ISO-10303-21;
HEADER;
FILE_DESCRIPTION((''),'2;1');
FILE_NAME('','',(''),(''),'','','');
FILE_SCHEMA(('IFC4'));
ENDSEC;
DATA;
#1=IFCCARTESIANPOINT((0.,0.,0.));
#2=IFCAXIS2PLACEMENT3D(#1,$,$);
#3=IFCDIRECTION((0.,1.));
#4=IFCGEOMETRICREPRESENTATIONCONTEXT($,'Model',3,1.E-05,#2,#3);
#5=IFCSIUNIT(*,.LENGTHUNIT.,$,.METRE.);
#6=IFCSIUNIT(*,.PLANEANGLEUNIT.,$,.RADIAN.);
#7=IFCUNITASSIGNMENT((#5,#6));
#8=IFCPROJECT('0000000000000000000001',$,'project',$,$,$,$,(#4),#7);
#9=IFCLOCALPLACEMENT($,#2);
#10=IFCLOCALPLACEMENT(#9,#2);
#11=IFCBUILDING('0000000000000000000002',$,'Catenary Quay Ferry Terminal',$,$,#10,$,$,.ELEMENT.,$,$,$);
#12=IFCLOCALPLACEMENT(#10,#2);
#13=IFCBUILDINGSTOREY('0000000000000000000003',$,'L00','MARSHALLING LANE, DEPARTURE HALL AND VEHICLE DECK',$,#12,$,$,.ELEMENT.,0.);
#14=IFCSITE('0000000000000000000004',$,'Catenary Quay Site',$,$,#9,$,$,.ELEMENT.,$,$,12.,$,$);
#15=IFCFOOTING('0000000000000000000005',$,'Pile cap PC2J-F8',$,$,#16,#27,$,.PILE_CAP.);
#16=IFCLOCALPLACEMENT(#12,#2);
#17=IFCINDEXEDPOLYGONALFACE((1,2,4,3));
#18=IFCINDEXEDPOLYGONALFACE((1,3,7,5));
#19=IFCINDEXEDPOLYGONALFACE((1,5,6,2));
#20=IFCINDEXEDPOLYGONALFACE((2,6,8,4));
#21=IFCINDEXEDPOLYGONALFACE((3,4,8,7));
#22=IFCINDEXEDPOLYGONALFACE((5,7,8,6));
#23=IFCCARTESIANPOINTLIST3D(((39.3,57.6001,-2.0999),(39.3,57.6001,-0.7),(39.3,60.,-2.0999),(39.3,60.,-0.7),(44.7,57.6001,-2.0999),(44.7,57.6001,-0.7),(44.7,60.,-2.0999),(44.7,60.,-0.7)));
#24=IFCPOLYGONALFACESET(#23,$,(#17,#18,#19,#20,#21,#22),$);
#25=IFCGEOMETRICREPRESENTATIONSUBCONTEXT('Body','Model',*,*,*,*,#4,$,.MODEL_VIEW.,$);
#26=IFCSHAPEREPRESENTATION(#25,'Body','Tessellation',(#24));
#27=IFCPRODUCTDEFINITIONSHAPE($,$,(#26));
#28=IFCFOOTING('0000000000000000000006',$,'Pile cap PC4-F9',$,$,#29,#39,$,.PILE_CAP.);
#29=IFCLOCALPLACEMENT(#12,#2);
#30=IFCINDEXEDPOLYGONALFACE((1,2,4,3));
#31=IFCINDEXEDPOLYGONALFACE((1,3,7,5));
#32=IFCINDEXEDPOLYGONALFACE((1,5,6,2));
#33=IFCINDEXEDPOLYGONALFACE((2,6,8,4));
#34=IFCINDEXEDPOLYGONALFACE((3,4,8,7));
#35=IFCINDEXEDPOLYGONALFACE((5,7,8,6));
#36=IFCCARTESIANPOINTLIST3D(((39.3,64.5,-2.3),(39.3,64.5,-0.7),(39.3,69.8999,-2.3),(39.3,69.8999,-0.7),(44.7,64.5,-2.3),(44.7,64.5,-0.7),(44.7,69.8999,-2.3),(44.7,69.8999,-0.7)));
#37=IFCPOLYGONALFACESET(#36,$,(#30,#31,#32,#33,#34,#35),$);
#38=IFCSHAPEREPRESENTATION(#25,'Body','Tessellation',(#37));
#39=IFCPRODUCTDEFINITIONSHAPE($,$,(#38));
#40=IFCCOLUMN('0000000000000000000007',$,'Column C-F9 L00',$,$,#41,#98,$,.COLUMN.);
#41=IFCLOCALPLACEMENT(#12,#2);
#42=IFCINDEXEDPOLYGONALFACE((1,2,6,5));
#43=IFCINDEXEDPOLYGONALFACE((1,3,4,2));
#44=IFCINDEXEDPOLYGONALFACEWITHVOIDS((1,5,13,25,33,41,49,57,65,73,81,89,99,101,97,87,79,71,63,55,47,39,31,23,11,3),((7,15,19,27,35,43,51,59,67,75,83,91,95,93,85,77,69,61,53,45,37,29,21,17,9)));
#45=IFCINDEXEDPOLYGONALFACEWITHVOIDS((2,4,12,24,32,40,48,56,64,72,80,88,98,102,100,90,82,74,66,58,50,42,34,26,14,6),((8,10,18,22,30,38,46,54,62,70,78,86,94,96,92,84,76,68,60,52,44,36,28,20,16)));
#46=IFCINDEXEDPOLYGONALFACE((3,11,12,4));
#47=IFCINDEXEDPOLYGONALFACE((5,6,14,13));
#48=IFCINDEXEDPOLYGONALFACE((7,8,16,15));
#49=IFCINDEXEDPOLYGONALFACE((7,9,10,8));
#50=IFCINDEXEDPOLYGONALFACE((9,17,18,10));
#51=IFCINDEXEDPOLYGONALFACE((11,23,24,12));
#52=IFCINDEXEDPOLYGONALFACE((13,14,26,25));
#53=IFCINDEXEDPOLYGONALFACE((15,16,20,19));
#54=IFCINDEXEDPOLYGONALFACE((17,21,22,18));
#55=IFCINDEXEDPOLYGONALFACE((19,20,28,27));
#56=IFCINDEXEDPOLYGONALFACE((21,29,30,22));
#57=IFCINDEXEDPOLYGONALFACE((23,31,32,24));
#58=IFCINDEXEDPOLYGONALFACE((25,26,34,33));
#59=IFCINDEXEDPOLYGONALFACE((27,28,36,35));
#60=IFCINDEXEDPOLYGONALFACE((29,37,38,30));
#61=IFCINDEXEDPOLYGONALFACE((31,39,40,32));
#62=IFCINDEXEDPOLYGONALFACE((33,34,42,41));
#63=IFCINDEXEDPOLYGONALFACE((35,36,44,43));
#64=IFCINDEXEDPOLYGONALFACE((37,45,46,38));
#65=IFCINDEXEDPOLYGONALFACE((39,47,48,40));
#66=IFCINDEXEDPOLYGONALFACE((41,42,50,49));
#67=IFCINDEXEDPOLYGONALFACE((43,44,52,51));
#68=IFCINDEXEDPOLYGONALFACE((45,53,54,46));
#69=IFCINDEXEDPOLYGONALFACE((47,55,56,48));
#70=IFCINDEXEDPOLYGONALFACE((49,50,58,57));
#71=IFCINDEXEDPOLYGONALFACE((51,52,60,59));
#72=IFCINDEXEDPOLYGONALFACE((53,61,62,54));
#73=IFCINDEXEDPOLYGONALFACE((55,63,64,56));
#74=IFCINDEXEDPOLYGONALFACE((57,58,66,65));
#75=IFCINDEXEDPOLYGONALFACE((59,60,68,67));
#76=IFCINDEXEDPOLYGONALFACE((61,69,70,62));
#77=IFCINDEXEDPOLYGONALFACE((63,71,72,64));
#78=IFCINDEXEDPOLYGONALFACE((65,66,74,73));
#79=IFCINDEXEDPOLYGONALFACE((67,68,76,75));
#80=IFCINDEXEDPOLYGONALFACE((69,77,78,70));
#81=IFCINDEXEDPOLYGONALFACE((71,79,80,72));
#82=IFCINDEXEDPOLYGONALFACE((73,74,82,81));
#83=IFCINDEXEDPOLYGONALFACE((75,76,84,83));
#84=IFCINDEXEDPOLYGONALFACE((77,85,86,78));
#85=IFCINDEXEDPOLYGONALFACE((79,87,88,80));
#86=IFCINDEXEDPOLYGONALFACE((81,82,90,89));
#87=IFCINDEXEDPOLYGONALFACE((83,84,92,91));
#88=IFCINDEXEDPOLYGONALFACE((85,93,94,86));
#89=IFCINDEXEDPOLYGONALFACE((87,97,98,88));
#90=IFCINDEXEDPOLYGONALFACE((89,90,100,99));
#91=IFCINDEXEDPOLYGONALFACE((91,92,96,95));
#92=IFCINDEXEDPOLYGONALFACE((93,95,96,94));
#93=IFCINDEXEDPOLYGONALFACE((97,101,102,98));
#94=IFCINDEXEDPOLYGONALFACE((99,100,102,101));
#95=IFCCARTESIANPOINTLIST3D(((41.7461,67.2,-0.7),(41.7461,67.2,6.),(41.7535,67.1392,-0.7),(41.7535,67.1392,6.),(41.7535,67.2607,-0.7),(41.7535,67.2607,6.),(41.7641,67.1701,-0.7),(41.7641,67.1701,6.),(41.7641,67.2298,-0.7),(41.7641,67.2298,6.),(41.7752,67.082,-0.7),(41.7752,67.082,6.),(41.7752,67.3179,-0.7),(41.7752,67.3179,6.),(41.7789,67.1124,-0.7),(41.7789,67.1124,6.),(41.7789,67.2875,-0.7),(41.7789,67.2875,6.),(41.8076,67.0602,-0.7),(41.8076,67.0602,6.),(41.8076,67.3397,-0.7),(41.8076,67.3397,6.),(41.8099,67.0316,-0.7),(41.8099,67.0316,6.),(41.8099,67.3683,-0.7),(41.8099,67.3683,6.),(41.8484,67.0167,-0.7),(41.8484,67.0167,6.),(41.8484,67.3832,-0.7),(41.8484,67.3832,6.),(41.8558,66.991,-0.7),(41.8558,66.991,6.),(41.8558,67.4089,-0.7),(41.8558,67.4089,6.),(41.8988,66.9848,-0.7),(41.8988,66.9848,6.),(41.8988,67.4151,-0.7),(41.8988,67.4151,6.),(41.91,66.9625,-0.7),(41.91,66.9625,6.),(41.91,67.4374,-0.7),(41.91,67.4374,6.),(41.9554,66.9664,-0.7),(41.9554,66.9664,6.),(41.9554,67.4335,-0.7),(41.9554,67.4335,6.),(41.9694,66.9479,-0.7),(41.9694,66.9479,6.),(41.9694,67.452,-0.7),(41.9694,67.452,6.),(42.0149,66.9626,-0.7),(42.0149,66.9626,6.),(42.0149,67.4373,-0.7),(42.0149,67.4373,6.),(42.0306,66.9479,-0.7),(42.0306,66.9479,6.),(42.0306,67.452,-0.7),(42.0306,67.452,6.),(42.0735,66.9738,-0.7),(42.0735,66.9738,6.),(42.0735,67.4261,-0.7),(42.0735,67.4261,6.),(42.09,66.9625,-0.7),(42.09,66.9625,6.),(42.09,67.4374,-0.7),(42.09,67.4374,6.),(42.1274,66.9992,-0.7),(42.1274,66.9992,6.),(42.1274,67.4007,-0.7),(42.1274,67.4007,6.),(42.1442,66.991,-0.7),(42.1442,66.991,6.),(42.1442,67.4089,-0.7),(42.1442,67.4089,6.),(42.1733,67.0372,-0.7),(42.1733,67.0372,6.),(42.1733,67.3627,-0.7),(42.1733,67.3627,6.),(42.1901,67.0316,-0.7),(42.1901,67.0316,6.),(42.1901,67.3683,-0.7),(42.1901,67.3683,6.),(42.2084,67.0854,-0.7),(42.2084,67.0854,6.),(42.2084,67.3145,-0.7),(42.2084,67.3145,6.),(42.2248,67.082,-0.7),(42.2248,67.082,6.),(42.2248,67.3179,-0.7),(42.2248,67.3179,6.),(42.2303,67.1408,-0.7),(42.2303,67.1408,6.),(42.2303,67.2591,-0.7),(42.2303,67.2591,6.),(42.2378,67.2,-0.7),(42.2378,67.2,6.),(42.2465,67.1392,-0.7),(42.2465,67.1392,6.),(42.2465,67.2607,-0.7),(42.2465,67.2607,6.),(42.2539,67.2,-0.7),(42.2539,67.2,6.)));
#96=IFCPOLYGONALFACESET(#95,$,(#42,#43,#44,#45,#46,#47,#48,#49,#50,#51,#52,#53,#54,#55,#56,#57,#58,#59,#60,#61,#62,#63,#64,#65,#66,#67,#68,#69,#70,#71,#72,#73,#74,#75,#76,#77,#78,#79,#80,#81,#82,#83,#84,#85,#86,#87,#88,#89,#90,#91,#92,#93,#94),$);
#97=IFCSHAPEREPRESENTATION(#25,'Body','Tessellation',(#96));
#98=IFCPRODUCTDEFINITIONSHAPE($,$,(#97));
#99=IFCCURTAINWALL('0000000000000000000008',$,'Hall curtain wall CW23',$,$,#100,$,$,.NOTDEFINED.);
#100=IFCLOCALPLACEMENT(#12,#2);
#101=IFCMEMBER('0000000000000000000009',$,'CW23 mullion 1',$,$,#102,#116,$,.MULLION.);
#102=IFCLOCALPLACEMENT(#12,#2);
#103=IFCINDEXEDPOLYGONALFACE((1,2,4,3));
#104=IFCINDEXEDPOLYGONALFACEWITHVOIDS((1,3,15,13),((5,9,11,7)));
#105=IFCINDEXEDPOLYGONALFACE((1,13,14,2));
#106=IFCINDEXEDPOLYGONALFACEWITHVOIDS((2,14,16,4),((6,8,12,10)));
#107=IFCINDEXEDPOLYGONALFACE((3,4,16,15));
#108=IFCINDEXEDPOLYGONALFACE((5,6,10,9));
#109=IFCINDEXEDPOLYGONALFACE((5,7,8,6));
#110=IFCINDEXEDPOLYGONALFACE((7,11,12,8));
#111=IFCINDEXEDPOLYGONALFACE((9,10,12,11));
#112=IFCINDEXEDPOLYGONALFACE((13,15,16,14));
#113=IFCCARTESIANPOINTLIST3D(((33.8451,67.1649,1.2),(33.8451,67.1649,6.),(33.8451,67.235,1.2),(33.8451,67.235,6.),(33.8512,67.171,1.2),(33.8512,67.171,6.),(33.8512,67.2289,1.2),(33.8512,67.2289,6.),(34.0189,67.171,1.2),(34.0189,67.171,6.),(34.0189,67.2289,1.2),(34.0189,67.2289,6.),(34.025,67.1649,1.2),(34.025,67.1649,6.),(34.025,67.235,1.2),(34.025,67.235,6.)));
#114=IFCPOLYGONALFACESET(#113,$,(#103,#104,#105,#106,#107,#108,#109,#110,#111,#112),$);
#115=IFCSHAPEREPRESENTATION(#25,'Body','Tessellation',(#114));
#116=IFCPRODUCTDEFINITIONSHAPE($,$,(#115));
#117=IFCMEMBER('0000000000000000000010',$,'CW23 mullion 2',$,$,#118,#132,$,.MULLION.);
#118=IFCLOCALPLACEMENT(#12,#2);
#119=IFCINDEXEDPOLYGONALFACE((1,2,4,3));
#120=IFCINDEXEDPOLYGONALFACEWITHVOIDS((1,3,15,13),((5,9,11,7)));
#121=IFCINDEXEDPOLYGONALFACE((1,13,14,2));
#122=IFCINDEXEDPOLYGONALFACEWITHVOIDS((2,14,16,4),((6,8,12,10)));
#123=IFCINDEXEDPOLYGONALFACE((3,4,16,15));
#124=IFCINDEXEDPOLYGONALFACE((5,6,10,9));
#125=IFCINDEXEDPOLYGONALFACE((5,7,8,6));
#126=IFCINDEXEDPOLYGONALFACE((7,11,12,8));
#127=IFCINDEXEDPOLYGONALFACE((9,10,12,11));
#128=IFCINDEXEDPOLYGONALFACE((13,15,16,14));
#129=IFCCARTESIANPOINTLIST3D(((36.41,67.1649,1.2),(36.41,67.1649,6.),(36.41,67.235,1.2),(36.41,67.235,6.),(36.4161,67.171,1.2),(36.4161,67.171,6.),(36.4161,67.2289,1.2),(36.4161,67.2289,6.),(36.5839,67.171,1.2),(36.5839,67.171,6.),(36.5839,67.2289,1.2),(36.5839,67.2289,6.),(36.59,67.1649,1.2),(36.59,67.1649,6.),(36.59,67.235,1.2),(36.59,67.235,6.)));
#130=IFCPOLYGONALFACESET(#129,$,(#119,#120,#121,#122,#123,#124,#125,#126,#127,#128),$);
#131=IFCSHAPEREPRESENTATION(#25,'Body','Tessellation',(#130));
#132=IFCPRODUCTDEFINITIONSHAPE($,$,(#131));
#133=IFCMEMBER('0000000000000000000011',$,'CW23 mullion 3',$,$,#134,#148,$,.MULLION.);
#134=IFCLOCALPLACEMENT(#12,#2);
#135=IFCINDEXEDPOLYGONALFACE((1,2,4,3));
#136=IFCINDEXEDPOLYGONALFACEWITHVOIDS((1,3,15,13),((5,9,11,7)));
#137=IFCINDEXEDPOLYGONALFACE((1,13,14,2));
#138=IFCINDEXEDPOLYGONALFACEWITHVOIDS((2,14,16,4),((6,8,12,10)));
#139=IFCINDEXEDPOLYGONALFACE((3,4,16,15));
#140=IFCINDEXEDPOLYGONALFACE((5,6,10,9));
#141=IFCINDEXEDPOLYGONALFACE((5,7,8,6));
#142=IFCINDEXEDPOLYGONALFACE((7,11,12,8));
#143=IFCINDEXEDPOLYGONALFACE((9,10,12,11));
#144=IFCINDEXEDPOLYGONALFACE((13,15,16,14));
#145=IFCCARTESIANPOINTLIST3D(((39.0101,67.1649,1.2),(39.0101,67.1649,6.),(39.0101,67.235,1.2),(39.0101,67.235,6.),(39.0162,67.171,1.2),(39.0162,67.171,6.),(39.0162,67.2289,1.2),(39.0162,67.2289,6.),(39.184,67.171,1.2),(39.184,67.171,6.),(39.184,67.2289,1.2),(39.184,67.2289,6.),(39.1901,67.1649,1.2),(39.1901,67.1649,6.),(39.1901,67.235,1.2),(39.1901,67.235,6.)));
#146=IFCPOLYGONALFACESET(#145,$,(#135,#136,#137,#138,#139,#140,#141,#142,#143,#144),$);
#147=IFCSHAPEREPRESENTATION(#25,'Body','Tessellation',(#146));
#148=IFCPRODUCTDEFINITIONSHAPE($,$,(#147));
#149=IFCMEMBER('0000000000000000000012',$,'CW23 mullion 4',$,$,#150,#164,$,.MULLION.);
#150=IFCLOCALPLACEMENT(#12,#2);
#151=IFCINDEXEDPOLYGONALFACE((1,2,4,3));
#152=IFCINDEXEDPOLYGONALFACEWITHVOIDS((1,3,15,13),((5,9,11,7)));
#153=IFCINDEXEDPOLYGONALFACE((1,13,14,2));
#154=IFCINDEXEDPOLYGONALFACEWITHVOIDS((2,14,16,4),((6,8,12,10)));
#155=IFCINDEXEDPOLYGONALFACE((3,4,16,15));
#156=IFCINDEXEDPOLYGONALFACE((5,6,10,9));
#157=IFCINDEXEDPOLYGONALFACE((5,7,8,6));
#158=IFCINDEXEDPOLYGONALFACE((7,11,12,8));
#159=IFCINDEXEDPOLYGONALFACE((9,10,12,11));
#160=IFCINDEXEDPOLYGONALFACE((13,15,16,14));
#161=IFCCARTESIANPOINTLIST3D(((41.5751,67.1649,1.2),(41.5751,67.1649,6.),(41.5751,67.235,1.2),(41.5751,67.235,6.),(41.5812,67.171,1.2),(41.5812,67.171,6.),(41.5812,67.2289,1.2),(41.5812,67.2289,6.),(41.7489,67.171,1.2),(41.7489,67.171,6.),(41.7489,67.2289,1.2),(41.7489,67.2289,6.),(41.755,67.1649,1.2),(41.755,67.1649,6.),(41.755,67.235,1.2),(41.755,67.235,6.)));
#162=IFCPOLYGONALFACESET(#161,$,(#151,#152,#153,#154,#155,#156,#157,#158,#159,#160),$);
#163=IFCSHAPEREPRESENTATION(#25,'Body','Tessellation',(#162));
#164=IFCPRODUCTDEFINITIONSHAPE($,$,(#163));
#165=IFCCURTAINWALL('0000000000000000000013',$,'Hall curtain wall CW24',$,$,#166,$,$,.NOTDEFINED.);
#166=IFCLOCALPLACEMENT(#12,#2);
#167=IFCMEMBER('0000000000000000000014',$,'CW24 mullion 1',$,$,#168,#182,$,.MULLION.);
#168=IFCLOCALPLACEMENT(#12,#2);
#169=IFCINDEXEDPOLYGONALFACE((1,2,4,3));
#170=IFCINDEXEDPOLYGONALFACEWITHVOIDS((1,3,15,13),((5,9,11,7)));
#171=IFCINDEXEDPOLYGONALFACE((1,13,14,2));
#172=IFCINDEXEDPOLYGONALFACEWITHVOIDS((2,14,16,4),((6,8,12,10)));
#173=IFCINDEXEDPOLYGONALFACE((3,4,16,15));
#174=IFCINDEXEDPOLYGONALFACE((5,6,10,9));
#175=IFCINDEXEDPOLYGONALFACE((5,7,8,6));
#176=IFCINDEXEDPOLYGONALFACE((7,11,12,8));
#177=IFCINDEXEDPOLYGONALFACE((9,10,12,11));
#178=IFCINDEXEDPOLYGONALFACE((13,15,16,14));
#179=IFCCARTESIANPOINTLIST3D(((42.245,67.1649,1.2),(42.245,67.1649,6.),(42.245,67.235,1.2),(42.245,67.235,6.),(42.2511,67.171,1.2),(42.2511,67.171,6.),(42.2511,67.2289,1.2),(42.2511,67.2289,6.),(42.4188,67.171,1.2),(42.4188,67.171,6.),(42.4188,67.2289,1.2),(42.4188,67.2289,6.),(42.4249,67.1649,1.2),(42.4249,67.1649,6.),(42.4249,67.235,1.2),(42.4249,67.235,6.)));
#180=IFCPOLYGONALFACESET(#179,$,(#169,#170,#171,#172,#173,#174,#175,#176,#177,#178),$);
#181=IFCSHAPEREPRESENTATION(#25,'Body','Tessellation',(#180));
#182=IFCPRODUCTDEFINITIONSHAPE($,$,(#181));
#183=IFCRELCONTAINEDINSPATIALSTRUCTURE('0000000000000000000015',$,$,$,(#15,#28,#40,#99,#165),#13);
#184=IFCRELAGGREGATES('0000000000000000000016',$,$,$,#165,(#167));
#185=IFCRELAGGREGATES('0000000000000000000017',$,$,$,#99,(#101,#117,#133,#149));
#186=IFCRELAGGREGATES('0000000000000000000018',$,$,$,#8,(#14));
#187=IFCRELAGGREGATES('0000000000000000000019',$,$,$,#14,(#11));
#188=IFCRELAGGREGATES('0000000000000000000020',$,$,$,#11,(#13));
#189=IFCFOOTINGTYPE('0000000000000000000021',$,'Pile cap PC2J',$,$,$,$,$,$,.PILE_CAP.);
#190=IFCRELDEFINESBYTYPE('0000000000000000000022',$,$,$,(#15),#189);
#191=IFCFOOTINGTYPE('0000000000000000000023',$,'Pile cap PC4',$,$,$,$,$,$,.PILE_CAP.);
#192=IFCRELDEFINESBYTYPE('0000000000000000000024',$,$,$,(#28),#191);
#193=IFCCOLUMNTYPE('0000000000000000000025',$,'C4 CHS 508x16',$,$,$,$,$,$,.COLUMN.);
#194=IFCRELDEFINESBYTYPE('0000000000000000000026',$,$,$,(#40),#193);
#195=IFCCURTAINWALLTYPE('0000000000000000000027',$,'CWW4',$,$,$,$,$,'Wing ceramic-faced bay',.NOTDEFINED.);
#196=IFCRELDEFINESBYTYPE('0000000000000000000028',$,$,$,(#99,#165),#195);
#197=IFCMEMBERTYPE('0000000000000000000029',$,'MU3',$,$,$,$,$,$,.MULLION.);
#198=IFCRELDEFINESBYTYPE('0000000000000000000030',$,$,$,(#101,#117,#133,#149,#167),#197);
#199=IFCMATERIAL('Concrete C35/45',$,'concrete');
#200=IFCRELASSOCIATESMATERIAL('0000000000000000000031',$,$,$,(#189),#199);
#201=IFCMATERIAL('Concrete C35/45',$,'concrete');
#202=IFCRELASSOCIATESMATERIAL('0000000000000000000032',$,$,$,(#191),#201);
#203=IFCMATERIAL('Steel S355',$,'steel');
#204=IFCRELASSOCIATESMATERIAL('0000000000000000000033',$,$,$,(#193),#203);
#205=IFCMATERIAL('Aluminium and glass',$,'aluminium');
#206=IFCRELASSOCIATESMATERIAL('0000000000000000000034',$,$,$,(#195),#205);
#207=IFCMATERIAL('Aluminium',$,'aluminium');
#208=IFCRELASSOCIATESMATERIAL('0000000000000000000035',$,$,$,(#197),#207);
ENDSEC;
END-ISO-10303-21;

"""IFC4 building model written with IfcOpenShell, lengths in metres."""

from ifc_helpers import new_model, si_unit, direction, frame, origin, origin_2d, place, context, subcontext, project, spatial, rectangle, hollow_rectangle, hollow_circle, extrude, material, material_profile, profile_set, type_object, element, aggregate, save


model = new_model("IFC4")

# Units and contexts
model_context = context("Model", 3, precision=1e-05, world=origin(), true_north=direction((0.0, 1.0)))
body_context = subcontext(model_context, "Body", "Model", "MODEL_VIEW")
ifc_project = project(units=[si_unit("LENGTHUNIT", "METRE"), si_unit("PLANEANGLEUNIT", "RADIAN")], contexts=[model_context])

# Site, building, storey
site_placement = place(None, origin())
site = spatial("IfcSite", under=ifc_project, at=site_placement, Name="Catenary Quay Site", CompositionType="ELEMENT", RefElevation=12.0)
building_placement = place(site_placement, origin())
building = spatial("IfcBuilding", under=site, at=building_placement, Name="Catenary Quay Ferry Terminal", CompositionType="ELEMENT")
storey_placement = place(building_placement, origin())
storey = spatial("IfcBuildingStorey", under=building, at=storey_placement, Name="L00", Description="MARSHALLING LANE, DEPARTURE HALL AND VEHICLE DECK", CompositionType="ELEMENT", Elevation=0.0)

# Footings
ifc_material_1 = material(Name="Concrete C35/45", Category="concrete")
footing_type_1 = type_object("IfcFootingType", Name="Pile cap PC2J", PredefinedType="PILE_CAP", material=ifc_material_1)
footing_1_placement = place(storey_placement, frame((42.0, 58.8, -2.0999), z_axis=(0.0, 0.0, 1.0), x_axis=(1.0, 0.0, 0.0)))
element("IfcFooting", 1, at=footing_1_placement, inside=storey, type_object=footing_type_1, Name="Pile cap PC2J-F8", PredefinedType="PILE_CAP", context=body_context, shape_type="SweptSolid", body=[
    extrude(rectangle(XDim=5.3999, YDim=2.3999, at=origin_2d()), origin(), (0.0, 0.0, 1.0), 1.3999),
])
ifc_material_2 = material(Name="Concrete C35/45", Category="concrete")
footing_type_2 = type_object("IfcFootingType", Name="Pile cap PC4", PredefinedType="PILE_CAP", material=ifc_material_2)
footing_2_placement = place(storey_placement, frame((42.0, 67.2, -2.3), z_axis=(0.0, 0.0, 1.0), x_axis=(1.0, 0.0, 0.0)))
element("IfcFooting", 2, at=footing_2_placement, inside=storey, type_object=footing_type_2, Name="Pile cap PC4-F9", PredefinedType="PILE_CAP", context=body_context, shape_type="SweptSolid", body=[
    extrude(rectangle(XDim=5.3999, YDim=5.3999, at=origin_2d()), origin(), (0.0, 0.0, 1.0), 1.6001),
])

# Column
ifc_material_3 = material(Name="Steel S355", Category="steel")
ifc_material_profile_1 = material_profile(ifc_material_3, hollow_circle(Radius=0.2539, WallThickness=0.0161, at=origin_2d()), Name="CHS 508x16")
ifc_profile_set_1 = profile_set([ifc_material_profile_1], Name="Steel S355")
column_type = type_object("IfcColumnType", Name="C4 CHS 508x16", PredefinedType="COLUMN", material=ifc_profile_set_1)
column_placement = place(storey_placement, frame((42.0, 67.2, -0.7), z_axis=(0.0, 0.0, 1.0), x_axis=(1.0, 0.0, 0.0)))
element("IfcColumn", 3, at=column_placement, inside=storey, type_object=column_type, Name="Column C-F9 L00", PredefinedType="COLUMN", context=body_context, shape_type="SweptSolid", body=[
    extrude(hollow_circle(Radius=0.2539, WallThickness=0.0161, at=origin_2d()), origin(), (0.0, 0.0, 1.0), 6.7),
])

# Curtain wall, members
ifc_material_4 = material(Name="Aluminium and glass", Category="aluminium")
curtain_wall_type = type_object("IfcCurtainWallType", Name="CWW4", ElementType="Wing ceramic-faced bay", PredefinedType="NOTDEFINED", material=ifc_material_4)
curtain_wall_1_placement = place(storey_placement, origin())
curtain_wall_1 = element("IfcCurtainWall", 4, at=curtain_wall_1_placement, inside=storey, type_object=curtain_wall_type, Name="Hall curtain wall CW23", PredefinedType="NOTDEFINED")
ifc_material_5 = material(Name="Aluminium", Category="aluminium")
ifc_material_profile_2 = material_profile(ifc_material_5, hollow_rectangle(XDim=0.0701, YDim=0.1799, WallThickness=0.0061, at=origin_2d()), Name="MU3")
ifc_profile_set_2 = profile_set([ifc_material_profile_2], Name="Aluminium")
member_type_1 = type_object("IfcMemberType", Name="MU3", PredefinedType="MULLION", material=ifc_profile_set_2)
member_1_placement = place(storey_placement, frame((33.9351, 67.2, 1.2), z_axis=(0.0, 0.0, 1.0), x_axis=(0.0, 1.0, 0.0)))
member_1 = element("IfcMember", 5, at=member_1_placement, type_object=member_type_1, Name="CW23 mullion 1", PredefinedType="MULLION", context=body_context, shape_type="SweptSolid", body=[
    extrude(hollow_rectangle(XDim=0.0701, YDim=0.1799, WallThickness=0.0061, at=origin_2d()), origin(), (0.0, 0.0, 1.0), 4.8),
])
member_2_placement = place(storey_placement, frame((36.5, 67.2, 1.2), z_axis=(0.0, 0.0, 1.0), x_axis=(0.0, 1.0, 0.0)))
member_2 = element("IfcMember", 6, at=member_2_placement, type_object=member_type_1, Name="CW23 mullion 2", PredefinedType="MULLION", context=body_context, shape_type="SweptSolid", body=[
    extrude(hollow_rectangle(XDim=0.0701, YDim=0.1799, WallThickness=0.0061, at=origin_2d()), origin(), (0.0, 0.0, 1.0), 4.8),
])
member_3_placement = place(storey_placement, frame((39.1001, 67.2, 1.2), z_axis=(0.0, 0.0, 1.0), x_axis=(0.0, 1.0, 0.0)))
member_3 = element("IfcMember", 7, at=member_3_placement, type_object=member_type_1, Name="CW23 mullion 3", PredefinedType="MULLION", context=body_context, shape_type="SweptSolid", body=[
    extrude(hollow_rectangle(XDim=0.0701, YDim=0.1799, WallThickness=0.0061, at=origin_2d()), origin(), (0.0, 0.0, 1.0), 4.8),
])
member_4_placement = place(storey_placement, frame((41.665, 67.2, 1.2), z_axis=(0.0, 0.0, 1.0), x_axis=(0.0, 1.0, 0.0)))
member_4 = element("IfcMember", 8, at=member_4_placement, type_object=member_type_1, Name="CW23 mullion 4", PredefinedType="MULLION", context=body_context, shape_type="SweptSolid", body=[
    extrude(hollow_rectangle(XDim=0.0701, YDim=0.1799, WallThickness=0.0061, at=origin_2d()), origin(), (0.0, 0.0, 1.0), 4.8),
])

# Curtain wall, member
curtain_wall_2_placement = place(storey_placement, origin())
curtain_wall_2 = element("IfcCurtainWall", 9, at=curtain_wall_2_placement, inside=storey, type_object=curtain_wall_type, Name="Hall curtain wall CW24", PredefinedType="NOTDEFINED")
member_5_placement = place(storey_placement, frame((42.335, 67.2, 1.2), z_axis=(0.0, 0.0, 1.0), x_axis=(0.0, 1.0, 0.0)))
member_5 = element("IfcMember", 10, at=member_5_placement, type_object=member_type_1, Name="CW24 mullion 1", PredefinedType="MULLION", context=body_context, shape_type="SweptSolid", body=[
    extrude(hollow_rectangle(XDim=0.0701, YDim=0.1799, WallThickness=0.0061, at=origin_2d()), origin(), (0.0, 0.0, 1.0), 4.8),
])
aggregate(curtain_wall_2, [member_5])

aggregate(curtain_wall_1, [member_1, member_2, member_3, member_4])

save(model, "model.ifc")
